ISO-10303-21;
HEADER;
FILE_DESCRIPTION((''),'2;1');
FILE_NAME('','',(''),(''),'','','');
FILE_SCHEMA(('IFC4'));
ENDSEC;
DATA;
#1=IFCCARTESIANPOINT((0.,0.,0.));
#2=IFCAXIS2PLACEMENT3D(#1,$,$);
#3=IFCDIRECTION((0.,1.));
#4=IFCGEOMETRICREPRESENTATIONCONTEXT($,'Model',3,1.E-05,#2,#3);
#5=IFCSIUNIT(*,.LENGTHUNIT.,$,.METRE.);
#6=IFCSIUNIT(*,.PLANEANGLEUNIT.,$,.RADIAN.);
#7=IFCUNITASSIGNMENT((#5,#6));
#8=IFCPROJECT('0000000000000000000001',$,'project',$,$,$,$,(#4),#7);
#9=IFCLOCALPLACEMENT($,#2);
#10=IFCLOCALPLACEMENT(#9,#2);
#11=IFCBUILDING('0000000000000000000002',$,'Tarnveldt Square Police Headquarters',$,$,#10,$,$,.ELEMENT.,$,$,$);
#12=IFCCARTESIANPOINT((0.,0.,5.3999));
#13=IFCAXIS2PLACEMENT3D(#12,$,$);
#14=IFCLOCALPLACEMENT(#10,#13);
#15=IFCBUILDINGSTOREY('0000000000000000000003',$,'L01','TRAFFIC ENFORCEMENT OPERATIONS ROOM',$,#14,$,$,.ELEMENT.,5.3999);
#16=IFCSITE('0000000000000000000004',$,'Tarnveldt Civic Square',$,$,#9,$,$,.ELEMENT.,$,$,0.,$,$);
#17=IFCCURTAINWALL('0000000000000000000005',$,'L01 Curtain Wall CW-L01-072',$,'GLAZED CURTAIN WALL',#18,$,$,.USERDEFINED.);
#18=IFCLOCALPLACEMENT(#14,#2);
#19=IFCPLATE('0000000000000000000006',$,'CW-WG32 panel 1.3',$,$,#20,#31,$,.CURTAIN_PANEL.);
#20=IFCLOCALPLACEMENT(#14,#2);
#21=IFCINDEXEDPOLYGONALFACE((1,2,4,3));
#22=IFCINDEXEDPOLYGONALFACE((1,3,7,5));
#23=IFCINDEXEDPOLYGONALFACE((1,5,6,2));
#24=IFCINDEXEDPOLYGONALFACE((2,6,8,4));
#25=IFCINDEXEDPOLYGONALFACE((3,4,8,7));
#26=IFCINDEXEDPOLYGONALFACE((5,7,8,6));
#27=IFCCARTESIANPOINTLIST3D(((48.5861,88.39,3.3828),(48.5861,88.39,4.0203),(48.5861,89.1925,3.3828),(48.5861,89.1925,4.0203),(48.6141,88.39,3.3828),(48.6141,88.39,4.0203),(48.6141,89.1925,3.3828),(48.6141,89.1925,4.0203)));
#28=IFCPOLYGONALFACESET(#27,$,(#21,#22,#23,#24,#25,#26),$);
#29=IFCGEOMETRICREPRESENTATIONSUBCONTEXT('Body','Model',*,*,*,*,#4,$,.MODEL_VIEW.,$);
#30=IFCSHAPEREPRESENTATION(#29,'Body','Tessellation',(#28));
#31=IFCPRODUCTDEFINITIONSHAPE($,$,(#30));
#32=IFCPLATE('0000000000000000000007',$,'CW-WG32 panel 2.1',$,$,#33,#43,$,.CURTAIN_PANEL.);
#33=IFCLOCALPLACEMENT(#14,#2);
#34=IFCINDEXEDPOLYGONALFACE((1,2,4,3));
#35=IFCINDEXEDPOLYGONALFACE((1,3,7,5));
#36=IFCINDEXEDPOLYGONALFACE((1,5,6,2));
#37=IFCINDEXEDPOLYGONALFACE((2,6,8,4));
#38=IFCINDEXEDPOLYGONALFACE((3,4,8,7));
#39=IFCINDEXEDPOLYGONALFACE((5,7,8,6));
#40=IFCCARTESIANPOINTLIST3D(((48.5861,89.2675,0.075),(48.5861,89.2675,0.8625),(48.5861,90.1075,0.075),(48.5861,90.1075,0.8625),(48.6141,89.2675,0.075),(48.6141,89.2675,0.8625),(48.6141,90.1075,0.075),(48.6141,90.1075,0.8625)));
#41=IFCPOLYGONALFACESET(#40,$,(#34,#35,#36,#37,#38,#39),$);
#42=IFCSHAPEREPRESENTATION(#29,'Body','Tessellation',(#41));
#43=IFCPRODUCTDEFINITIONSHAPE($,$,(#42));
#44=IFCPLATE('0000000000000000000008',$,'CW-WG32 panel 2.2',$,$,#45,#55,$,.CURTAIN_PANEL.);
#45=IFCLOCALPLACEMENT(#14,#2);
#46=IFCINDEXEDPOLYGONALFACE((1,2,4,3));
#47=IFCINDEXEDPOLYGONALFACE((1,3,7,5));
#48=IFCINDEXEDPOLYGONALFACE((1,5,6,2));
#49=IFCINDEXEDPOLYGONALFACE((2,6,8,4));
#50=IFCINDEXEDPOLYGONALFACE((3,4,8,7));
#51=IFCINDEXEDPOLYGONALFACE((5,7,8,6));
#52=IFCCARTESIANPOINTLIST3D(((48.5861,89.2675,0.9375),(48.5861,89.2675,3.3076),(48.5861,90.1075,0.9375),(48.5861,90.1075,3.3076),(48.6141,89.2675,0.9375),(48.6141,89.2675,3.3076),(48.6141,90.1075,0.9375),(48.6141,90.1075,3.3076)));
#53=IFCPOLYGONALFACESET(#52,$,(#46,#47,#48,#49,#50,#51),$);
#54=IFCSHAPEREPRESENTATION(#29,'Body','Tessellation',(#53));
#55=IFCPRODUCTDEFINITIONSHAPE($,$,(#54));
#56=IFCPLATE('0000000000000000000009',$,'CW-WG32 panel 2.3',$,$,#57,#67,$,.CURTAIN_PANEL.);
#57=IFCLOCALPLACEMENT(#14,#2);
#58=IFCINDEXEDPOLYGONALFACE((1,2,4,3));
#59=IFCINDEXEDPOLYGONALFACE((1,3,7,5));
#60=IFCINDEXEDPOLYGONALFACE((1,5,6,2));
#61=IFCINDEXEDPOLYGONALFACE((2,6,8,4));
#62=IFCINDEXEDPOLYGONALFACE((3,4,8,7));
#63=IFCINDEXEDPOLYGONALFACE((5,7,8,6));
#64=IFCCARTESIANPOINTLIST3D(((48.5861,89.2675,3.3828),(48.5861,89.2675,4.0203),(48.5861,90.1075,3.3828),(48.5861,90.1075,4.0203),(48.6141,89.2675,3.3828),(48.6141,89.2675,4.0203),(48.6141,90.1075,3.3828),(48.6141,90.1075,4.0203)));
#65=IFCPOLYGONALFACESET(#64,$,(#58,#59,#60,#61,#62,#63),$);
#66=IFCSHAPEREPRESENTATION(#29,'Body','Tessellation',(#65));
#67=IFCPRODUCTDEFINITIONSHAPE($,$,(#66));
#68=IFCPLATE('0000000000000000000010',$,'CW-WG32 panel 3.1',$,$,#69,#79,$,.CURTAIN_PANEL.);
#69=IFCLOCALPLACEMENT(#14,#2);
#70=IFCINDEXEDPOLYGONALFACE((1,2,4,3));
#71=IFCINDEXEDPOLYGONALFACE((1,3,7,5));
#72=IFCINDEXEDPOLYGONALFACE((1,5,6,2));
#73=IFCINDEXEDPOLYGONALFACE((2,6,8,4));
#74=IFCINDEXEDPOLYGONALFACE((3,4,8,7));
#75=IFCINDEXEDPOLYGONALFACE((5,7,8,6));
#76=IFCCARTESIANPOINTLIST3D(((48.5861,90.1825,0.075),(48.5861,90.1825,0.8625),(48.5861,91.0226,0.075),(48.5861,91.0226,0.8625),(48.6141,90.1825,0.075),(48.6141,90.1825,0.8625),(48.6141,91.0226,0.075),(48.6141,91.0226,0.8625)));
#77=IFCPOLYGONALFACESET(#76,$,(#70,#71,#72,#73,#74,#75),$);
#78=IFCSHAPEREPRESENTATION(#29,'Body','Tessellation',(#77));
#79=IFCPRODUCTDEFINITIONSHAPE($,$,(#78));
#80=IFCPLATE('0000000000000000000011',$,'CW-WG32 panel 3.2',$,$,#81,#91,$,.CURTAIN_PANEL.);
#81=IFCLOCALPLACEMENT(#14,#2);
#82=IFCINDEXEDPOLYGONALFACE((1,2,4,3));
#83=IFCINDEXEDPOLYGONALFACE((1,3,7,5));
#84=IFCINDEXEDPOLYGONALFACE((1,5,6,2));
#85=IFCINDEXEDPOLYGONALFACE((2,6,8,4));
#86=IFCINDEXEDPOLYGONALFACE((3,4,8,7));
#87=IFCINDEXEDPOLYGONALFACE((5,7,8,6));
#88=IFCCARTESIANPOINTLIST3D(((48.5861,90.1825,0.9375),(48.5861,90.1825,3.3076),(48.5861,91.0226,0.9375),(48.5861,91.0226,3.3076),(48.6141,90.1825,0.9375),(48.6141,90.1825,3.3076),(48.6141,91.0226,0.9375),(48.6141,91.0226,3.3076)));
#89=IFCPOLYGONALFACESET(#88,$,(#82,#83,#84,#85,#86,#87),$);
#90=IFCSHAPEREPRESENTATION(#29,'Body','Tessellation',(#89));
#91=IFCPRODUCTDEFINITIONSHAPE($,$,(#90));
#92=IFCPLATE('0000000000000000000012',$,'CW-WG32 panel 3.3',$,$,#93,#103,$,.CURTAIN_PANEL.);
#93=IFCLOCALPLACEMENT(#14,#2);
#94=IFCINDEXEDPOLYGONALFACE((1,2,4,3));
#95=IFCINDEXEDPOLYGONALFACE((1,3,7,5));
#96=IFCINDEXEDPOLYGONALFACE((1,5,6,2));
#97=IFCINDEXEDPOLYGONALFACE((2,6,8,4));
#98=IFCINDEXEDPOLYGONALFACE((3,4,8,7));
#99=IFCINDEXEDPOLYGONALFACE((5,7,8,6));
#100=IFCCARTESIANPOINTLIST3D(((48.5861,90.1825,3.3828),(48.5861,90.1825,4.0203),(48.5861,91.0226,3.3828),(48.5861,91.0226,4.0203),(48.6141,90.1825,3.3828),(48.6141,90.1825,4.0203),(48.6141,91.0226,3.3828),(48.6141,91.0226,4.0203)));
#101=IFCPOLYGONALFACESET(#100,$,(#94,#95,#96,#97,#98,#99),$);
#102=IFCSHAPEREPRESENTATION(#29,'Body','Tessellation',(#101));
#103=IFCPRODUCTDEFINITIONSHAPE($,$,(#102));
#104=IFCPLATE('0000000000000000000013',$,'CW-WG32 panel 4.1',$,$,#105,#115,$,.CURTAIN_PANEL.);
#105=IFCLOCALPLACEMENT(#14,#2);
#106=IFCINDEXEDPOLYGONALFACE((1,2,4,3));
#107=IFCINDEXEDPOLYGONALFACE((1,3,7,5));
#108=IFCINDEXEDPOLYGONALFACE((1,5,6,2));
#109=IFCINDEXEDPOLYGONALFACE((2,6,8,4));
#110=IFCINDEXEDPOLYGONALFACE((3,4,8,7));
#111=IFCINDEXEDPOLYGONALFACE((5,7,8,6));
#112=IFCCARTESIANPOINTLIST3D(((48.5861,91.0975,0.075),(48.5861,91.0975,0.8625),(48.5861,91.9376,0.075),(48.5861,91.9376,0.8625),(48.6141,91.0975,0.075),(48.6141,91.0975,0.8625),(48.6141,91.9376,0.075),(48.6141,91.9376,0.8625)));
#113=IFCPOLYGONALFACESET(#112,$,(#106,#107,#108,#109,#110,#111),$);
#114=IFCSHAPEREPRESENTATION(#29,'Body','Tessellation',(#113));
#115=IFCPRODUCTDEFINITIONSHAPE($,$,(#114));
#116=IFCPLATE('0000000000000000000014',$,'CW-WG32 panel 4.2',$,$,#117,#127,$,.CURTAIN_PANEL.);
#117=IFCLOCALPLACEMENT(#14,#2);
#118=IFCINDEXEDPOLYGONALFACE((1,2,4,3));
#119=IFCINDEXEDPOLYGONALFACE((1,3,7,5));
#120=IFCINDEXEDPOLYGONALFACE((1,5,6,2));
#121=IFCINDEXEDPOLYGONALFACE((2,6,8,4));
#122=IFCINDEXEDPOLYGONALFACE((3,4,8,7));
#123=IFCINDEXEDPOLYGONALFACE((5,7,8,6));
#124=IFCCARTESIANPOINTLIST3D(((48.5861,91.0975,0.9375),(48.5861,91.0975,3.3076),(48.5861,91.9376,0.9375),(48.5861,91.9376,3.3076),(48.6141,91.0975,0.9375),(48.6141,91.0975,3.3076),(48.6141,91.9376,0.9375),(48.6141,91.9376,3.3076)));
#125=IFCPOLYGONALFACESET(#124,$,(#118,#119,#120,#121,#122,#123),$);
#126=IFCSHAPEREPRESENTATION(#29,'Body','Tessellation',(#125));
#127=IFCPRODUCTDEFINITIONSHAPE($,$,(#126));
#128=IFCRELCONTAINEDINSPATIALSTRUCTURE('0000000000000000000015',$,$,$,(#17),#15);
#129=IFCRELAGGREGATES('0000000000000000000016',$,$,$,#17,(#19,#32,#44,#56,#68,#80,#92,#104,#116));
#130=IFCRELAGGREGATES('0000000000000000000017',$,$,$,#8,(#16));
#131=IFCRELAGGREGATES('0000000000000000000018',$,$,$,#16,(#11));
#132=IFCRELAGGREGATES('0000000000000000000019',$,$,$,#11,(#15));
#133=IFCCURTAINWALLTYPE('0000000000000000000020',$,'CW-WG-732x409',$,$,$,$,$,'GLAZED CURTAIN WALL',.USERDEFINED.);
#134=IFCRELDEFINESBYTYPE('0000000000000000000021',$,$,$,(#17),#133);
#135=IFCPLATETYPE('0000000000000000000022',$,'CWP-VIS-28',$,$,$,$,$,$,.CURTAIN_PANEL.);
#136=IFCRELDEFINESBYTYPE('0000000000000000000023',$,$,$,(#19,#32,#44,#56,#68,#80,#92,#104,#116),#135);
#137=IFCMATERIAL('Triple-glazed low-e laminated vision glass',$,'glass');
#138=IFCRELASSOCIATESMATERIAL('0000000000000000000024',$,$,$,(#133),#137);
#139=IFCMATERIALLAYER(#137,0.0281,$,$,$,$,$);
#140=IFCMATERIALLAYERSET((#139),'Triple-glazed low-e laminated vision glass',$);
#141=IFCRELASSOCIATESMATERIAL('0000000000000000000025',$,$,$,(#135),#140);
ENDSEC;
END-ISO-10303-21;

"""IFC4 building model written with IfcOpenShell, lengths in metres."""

from ifc_helpers import new_model, si_unit, direction, frame, origin, origin_2d, place, context, subcontext, project, spatial, rectangle, extrude, material, layer, layer_set, type_object, element, aggregate, save


model = new_model("IFC4")

# Units and contexts
model_context = context("Model", 3, precision=1e-05, world=origin(), true_north=direction((0.0, 1.0)))
body_context = subcontext(model_context, "Body", "Model", "MODEL_VIEW")
ifc_project = project(units=[si_unit("LENGTHUNIT", "METRE"), si_unit("PLANEANGLEUNIT", "RADIAN")], contexts=[model_context])

# Site, building, storey
site_placement = place(None, origin())
site = spatial("IfcSite", under=ifc_project, at=site_placement, Name="Tarnveldt Civic Square", CompositionType="ELEMENT", RefElevation=0.0)
building_placement = place(site_placement, origin())
building = spatial("IfcBuilding", under=site, at=building_placement, Name="Tarnveldt Square Police Headquarters", CompositionType="ELEMENT")
storey_placement = place(building_placement, frame((0.0, 0.0, 5.3999)))
storey = spatial("IfcBuildingStorey", under=building, at=storey_placement, Name="L01", Description="TRAFFIC ENFORCEMENT OPERATIONS ROOM", CompositionType="ELEMENT", Elevation=5.3999)

# Curtain wall, plates
ifc_material_1 = material(Name="Triple-glazed low-e laminated vision glass", Category="glass")
curtain_wall_type = type_object("IfcCurtainWallType", Name="CW-WG-732x409", ElementType="GLAZED CURTAIN WALL", PredefinedType="USERDEFINED", material=ifc_material_1)
curtain_wall_placement = place(storey_placement, origin())
curtain_wall = element("IfcCurtainWall", 1, at=curtain_wall_placement, inside=storey, type_object=curtain_wall_type, Name="L01 Curtain Wall CW-L01-072", ObjectType="GLAZED CURTAIN WALL", PredefinedType="USERDEFINED")
ifc_layer = layer(ifc_material_1, 0.0281)
ifc_layer_set = layer_set([ifc_layer], Name="Triple-glazed low-e laminated vision glass")
plate_type = type_object("IfcPlateType", Name="CWP-VIS-28", PredefinedType="CURTAIN_PANEL", material=ifc_layer_set)
plate_1_placement = place(storey_placement, frame((48.6001, 88.7913, 3.3828), z_axis=(0.0, 0.0, 1.0), x_axis=(0.0, 1.0, 0.0)))
plate_1 = element("IfcPlate", 2, at=plate_1_placement, type_object=plate_type, Name="CW-WG32 panel 1.3", PredefinedType="CURTAIN_PANEL", context=body_context, shape_type="SweptSolid", body=[
    extrude(rectangle(XDim=0.8025, YDim=0.0281, at=origin_2d()), origin(), (0.0, 0.0, 1.0), 0.6375),
])
plate_2_placement = place(storey_placement, frame((48.6001, 89.6875, 0.075), z_axis=(0.0, 0.0, 1.0), x_axis=(0.0, 1.0, 0.0)))
plate_2 = element("IfcPlate", 3, at=plate_2_placement, type_object=plate_type, Name="CW-WG32 panel 2.1", PredefinedType="CURTAIN_PANEL", context=body_context, shape_type="SweptSolid", body=[
    extrude(rectangle(XDim=0.8401, YDim=0.0281, at=origin_2d()), origin(), (0.0, 0.0, 1.0), 0.7876),
])
plate_3_placement = place(storey_placement, frame((48.6001, 89.6875, 0.9375), z_axis=(0.0, 0.0, 1.0), x_axis=(0.0, 1.0, 0.0)))
plate_3 = element("IfcPlate", 4, at=plate_3_placement, type_object=plate_type, Name="CW-WG32 panel 2.2", PredefinedType="CURTAIN_PANEL", context=body_context, shape_type="SweptSolid", body=[
    extrude(rectangle(XDim=0.8401, YDim=0.0281, at=origin_2d()), origin(), (0.0, 0.0, 1.0), 2.3701),
])
plate_4_placement = place(storey_placement, frame((48.6001, 89.6875, 3.3828), z_axis=(0.0, 0.0, 1.0), x_axis=(0.0, 1.0, 0.0)))
plate_4 = element("IfcPlate", 5, at=plate_4_placement, type_object=plate_type, Name="CW-WG32 panel 2.3", PredefinedType="CURTAIN_PANEL", context=body_context, shape_type="SweptSolid", body=[
    extrude(rectangle(XDim=0.8401, YDim=0.0281, at=origin_2d()), origin(), (0.0, 0.0, 1.0), 0.6375),
])
plate_5_placement = place(storey_placement, frame((48.6001, 90.6025, 0.075), z_axis=(0.0, 0.0, 1.0), x_axis=(0.0, 1.0, 0.0)))
plate_5 = element("IfcPlate", 6, at=plate_5_placement, type_object=plate_type, Name="CW-WG32 panel 3.1", PredefinedType="CURTAIN_PANEL", context=body_context, shape_type="SweptSolid", body=[
    extrude(rectangle(XDim=0.8401, YDim=0.0281, at=origin_2d()), origin(), (0.0, 0.0, 1.0), 0.7876),
])
plate_6_placement = place(storey_placement, frame((48.6001, 90.6025, 0.9375), z_axis=(0.0, 0.0, 1.0), x_axis=(0.0, 1.0, 0.0)))
plate_6 = element("IfcPlate", 7, at=plate_6_placement, type_object=plate_type, Name="CW-WG32 panel 3.2", PredefinedType="CURTAIN_PANEL", context=body_context, shape_type="SweptSolid", body=[
    extrude(rectangle(XDim=0.8401, YDim=0.0281, at=origin_2d()), origin(), (0.0, 0.0, 1.0), 2.3701),
])
plate_7_placement = place(storey_placement, frame((48.6001, 90.6025, 3.3828), z_axis=(0.0, 0.0, 1.0), x_axis=(0.0, 1.0, 0.0)))
plate_7 = element("IfcPlate", 8, at=plate_7_placement, type_object=plate_type, Name="CW-WG32 panel 3.3", PredefinedType="CURTAIN_PANEL", context=body_context, shape_type="SweptSolid", body=[
    extrude(rectangle(XDim=0.8401, YDim=0.0281, at=origin_2d()), origin(), (0.0, 0.0, 1.0), 0.6375),
])
plate_8_placement = place(storey_placement, frame((48.6001, 91.5176, 0.075), z_axis=(0.0, 0.0, 1.0), x_axis=(0.0, 1.0, 0.0)))
plate_8 = element("IfcPlate", 9, at=plate_8_placement, type_object=plate_type, Name="CW-WG32 panel 4.1", PredefinedType="CURTAIN_PANEL", context=body_context, shape_type="SweptSolid", body=[
    extrude(rectangle(XDim=0.8401, YDim=0.0281, at=origin_2d()), origin(), (0.0, 0.0, 1.0), 0.7876),
])
plate_9_placement = place(storey_placement, frame((48.6001, 91.5176, 0.9375), z_axis=(0.0, 0.0, 1.0), x_axis=(0.0, 1.0, 0.0)))
plate_9 = element("IfcPlate", 10, at=plate_9_placement, type_object=plate_type, Name="CW-WG32 panel 4.2", PredefinedType="CURTAIN_PANEL", context=body_context, shape_type="SweptSolid", body=[
    extrude(rectangle(XDim=0.8401, YDim=0.0281, at=origin_2d()), origin(), (0.0, 0.0, 1.0), 2.3701),
])
aggregate(curtain_wall, [plate_1, plate_2, plate_3, plate_4, plate_5, plate_6, plate_7, plate_8, plate_9])

save(model, "model.ifc")
